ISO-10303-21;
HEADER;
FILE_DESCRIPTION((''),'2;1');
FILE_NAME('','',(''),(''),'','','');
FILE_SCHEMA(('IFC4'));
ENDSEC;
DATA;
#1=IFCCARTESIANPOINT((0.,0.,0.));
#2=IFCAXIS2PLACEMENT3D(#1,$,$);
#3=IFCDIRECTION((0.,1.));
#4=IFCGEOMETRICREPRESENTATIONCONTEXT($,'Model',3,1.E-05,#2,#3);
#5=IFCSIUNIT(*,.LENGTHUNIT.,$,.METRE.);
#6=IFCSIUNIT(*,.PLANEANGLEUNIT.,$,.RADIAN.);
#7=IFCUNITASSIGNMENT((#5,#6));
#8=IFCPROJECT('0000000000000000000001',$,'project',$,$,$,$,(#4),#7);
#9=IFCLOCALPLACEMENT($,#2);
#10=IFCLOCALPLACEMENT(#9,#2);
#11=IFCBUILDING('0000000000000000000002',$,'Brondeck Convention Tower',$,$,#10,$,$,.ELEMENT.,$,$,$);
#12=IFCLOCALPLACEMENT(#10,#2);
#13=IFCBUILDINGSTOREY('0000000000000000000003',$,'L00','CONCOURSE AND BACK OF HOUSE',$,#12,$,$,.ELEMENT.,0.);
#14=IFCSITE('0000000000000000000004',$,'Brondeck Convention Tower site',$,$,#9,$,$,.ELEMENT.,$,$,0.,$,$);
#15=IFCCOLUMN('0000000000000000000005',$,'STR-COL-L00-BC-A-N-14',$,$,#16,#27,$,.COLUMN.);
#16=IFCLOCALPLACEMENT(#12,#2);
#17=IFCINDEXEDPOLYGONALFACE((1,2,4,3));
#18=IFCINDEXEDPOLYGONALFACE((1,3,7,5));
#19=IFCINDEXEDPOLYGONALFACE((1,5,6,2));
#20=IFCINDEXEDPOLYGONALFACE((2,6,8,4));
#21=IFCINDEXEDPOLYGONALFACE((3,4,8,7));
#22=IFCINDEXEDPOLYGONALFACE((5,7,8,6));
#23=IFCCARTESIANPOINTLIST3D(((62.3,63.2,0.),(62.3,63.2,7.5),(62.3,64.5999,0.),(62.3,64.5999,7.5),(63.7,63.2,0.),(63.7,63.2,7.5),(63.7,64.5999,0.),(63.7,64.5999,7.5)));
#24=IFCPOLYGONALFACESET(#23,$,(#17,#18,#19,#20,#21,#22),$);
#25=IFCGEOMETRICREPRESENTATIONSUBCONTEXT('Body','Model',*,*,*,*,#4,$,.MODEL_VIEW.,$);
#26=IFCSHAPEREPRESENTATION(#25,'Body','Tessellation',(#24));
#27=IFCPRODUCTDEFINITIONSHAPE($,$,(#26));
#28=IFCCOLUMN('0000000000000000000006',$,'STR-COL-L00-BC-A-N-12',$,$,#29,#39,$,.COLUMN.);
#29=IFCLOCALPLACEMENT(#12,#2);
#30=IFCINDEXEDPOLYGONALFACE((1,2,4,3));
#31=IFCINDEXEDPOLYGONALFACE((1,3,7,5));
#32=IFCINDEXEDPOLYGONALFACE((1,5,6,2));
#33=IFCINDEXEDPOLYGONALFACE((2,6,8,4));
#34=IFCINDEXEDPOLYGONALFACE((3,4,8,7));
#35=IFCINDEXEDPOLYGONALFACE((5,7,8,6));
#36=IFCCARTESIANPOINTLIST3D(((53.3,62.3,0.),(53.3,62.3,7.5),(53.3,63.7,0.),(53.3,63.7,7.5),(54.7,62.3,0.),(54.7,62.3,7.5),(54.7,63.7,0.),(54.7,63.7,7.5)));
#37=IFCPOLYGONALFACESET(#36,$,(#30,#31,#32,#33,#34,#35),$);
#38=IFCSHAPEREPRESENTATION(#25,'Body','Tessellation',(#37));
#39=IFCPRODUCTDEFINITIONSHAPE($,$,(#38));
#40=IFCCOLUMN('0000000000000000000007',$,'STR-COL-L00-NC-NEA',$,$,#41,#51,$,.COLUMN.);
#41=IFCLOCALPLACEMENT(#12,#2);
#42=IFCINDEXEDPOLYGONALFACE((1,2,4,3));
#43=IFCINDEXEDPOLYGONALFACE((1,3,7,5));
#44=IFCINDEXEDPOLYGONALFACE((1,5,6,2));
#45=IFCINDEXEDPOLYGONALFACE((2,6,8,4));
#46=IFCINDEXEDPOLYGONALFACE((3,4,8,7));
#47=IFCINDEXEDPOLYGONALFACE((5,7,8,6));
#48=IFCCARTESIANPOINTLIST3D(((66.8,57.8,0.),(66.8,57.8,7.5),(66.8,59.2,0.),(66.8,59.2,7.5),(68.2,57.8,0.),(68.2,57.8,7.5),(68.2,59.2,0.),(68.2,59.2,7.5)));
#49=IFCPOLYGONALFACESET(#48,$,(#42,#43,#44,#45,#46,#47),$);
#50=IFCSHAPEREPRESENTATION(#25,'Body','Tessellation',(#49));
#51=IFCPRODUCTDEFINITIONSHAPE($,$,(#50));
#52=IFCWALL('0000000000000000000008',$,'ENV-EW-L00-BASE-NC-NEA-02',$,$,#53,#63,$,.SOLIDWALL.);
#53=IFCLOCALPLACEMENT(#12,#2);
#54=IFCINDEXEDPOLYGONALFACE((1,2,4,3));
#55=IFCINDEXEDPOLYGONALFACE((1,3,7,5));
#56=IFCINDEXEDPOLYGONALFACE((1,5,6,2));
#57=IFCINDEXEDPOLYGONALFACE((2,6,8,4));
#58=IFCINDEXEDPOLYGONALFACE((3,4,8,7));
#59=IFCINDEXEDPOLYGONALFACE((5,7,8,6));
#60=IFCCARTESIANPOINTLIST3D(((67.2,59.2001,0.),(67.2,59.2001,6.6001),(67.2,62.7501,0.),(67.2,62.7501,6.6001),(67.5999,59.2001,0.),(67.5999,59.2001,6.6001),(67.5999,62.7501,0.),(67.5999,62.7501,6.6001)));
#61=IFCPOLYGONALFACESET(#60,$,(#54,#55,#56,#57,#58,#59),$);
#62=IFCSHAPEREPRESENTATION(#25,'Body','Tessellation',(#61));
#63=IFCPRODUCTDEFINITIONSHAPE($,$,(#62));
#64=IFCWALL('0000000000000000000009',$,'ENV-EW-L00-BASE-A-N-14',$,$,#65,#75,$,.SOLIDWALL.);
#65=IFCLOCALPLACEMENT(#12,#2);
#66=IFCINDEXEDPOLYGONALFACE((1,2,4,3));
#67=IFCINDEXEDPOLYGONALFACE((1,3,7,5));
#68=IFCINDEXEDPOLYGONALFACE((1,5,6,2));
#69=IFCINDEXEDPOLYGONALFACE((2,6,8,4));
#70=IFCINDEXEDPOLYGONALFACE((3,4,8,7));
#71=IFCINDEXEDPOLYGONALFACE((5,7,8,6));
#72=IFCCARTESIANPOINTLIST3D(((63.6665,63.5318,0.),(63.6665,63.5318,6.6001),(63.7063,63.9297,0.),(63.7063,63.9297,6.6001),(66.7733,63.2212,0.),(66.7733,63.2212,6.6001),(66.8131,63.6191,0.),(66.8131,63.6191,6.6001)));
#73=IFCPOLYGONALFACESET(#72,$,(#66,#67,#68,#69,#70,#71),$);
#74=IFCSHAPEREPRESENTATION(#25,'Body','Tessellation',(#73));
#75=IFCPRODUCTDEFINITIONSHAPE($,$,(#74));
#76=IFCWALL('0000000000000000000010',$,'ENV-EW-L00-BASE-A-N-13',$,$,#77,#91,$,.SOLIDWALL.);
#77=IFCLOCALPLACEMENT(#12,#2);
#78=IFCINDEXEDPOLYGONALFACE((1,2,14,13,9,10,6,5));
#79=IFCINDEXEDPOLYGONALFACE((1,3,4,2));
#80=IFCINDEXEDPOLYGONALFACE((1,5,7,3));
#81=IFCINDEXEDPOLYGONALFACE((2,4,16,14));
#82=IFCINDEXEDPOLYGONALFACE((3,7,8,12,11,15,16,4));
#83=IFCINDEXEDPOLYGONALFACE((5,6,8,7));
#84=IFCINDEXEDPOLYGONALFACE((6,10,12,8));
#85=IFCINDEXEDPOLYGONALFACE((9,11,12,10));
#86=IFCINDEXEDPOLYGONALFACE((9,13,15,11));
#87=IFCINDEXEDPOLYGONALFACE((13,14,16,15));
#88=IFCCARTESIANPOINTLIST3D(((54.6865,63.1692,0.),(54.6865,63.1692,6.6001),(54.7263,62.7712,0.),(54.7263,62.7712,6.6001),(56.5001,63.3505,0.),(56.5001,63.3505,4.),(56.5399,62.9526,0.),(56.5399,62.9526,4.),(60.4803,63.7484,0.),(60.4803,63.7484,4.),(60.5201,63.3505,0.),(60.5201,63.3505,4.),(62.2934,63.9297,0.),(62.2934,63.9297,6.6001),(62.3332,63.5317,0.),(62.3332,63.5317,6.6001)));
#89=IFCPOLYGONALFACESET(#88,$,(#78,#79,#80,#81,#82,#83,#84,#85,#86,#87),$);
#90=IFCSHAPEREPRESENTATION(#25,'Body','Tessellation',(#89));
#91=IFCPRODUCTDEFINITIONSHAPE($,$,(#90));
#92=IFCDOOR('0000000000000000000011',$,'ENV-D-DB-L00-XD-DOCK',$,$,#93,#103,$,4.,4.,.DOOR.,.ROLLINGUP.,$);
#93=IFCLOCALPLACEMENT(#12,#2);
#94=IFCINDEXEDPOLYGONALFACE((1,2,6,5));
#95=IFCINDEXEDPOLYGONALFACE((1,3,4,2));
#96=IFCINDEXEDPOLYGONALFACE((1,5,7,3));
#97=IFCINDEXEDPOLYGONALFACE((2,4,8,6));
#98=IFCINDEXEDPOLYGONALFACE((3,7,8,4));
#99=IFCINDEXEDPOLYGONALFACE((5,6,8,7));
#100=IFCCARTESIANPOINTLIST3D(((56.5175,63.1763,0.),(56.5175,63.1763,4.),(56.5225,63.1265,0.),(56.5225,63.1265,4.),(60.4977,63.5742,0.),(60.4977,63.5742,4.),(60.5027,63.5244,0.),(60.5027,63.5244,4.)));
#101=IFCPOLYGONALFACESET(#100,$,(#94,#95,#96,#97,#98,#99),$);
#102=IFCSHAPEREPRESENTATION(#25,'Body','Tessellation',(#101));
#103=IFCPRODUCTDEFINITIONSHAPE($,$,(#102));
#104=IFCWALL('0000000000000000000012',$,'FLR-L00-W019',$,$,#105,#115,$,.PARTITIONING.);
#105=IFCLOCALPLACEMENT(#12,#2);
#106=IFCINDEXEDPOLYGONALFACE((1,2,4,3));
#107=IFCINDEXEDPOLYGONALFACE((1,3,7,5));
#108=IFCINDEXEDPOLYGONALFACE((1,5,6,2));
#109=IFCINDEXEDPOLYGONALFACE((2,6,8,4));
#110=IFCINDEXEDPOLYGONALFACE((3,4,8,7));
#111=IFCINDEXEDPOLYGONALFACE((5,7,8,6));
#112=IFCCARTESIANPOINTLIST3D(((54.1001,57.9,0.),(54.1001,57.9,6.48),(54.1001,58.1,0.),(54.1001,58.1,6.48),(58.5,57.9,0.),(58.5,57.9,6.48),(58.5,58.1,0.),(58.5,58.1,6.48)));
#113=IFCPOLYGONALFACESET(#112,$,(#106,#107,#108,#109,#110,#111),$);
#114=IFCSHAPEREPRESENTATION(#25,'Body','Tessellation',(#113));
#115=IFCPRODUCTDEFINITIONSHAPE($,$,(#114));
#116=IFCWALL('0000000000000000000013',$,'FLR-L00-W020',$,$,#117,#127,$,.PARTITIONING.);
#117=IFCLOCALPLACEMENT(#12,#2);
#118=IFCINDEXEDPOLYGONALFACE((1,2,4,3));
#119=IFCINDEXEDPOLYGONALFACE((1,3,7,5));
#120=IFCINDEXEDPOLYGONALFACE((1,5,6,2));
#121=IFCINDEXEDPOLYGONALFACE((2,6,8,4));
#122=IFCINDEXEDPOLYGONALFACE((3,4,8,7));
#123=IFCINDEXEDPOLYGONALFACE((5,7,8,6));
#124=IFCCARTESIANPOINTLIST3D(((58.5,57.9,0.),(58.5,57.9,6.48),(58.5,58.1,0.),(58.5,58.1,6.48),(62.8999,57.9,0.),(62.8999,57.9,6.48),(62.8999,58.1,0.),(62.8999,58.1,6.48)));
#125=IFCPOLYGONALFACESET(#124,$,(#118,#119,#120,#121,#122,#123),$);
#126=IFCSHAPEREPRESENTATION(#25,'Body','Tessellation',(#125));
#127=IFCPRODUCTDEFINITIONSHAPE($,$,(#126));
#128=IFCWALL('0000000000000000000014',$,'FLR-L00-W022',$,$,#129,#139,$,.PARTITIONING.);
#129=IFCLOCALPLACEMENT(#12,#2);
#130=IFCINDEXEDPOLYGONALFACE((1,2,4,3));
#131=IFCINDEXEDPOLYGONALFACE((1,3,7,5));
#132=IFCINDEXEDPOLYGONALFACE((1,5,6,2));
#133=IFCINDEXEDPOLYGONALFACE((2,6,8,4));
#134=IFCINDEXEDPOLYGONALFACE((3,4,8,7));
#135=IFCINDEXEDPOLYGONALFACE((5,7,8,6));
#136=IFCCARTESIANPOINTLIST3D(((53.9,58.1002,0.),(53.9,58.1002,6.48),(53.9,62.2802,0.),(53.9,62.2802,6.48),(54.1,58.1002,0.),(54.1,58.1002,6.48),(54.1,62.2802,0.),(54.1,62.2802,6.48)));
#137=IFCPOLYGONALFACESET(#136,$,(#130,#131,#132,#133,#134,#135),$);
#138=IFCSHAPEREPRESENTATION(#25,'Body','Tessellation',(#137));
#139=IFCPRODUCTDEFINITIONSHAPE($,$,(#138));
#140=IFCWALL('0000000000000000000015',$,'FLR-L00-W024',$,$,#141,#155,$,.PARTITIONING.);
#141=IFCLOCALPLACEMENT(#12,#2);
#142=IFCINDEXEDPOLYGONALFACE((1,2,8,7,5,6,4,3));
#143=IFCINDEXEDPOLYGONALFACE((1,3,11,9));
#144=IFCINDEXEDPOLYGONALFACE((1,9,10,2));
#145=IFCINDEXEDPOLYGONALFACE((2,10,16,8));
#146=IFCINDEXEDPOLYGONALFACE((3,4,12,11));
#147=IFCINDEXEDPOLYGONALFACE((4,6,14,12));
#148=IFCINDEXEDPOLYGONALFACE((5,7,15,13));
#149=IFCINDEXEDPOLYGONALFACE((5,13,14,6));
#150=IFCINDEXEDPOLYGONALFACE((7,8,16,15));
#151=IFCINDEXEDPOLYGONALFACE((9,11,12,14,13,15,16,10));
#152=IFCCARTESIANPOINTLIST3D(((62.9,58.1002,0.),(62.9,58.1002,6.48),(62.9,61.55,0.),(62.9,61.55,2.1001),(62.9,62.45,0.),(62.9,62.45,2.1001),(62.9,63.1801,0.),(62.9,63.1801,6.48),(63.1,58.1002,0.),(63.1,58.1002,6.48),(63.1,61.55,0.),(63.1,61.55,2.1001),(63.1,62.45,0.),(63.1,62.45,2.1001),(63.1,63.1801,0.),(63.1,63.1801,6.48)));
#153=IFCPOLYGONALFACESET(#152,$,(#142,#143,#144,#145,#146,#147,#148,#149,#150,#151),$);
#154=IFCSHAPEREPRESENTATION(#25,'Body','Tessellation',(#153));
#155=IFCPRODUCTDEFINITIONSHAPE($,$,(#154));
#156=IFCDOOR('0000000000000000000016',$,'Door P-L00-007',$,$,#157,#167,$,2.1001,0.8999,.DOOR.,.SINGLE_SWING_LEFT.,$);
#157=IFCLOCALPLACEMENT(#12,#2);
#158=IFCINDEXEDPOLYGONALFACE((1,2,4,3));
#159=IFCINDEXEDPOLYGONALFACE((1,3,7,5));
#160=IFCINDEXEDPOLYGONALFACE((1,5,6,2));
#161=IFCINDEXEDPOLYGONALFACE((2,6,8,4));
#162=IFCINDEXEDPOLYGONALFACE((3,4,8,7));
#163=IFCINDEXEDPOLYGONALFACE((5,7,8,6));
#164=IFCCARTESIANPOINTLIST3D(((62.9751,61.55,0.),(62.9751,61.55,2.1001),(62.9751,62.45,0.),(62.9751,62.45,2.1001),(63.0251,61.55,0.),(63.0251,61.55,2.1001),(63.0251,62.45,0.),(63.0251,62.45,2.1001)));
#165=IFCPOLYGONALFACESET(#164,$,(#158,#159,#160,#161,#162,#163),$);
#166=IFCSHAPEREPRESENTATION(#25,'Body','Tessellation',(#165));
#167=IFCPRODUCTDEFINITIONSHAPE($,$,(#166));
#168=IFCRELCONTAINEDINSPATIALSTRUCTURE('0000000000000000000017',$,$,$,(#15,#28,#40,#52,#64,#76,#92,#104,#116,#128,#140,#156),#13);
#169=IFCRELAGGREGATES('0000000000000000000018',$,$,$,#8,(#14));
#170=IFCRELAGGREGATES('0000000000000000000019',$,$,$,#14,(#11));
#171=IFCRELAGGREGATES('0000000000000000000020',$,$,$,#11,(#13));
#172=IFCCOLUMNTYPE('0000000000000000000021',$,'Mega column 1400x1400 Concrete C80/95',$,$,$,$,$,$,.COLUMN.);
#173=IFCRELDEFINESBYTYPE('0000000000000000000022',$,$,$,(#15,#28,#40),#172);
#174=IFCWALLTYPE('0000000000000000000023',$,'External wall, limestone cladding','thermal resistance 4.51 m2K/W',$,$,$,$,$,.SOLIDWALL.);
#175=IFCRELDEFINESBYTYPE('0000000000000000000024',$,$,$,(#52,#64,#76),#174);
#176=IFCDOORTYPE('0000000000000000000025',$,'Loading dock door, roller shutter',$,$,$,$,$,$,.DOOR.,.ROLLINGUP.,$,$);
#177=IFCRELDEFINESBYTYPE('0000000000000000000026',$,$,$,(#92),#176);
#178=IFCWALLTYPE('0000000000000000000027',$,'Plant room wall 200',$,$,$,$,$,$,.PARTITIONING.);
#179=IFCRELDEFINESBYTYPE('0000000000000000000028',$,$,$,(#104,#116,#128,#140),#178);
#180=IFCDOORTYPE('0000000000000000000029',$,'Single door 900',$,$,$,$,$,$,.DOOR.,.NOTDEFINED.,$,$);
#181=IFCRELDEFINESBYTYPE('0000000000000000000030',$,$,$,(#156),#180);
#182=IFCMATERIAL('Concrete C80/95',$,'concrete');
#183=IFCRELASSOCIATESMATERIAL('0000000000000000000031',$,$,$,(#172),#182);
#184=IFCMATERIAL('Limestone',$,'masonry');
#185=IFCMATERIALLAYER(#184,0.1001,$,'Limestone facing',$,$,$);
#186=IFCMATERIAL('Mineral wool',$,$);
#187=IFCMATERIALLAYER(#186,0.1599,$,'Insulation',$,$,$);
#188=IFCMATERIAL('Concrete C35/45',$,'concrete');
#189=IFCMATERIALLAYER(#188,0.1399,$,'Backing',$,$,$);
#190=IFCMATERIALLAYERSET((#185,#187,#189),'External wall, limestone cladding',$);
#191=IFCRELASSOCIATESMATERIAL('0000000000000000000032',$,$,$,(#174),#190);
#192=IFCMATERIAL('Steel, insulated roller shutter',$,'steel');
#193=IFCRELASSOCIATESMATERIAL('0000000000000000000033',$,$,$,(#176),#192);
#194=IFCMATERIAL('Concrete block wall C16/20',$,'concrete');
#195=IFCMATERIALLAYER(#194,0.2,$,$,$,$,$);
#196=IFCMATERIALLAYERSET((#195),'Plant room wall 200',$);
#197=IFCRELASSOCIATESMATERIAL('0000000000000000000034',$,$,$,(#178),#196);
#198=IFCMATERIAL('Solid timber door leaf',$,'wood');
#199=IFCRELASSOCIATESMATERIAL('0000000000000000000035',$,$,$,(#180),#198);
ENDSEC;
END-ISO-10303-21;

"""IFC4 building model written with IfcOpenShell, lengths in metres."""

from ifc_helpers import new_model, si_unit, direction, frame, frame_2d, origin, origin_2d, place, context, subcontext, project, spatial, rectangle, extrude, material, layer, layer_set, material_profile, profile_set, type_object, element, fill, save


model = new_model("IFC4")

# Units and contexts
model_context = context("Model", 3, precision=1e-05, world=origin(), true_north=direction((0.0, 1.0)))
body_context = subcontext(model_context, "Body", "Model", "MODEL_VIEW")
ifc_project = project(units=[si_unit("LENGTHUNIT", "METRE"), si_unit("PLANEANGLEUNIT", "RADIAN")], contexts=[model_context])

# Site, building, storey
site_placement = place(None, origin())
site = spatial("IfcSite", under=ifc_project, at=site_placement, Name="Brondeck Convention Tower site", CompositionType="ELEMENT", RefElevation=0.0)
building_placement = place(site_placement, origin())
building = spatial("IfcBuilding", under=site, at=building_placement, Name="Brondeck Convention Tower", CompositionType="ELEMENT")
storey_placement = place(building_placement, origin())
storey = spatial("IfcBuildingStorey", under=building, at=storey_placement, Name="L00", Description="CONCOURSE AND BACK OF HOUSE", CompositionType="ELEMENT", Elevation=0.0)

# Columns
ifc_material_1 = material(Name="Concrete C80/95", Category="concrete")
ifc_material_profile = material_profile(ifc_material_1, rectangle(XDim=1.3999, YDim=1.3999, at=origin_2d()), Name="Mega column 1400x1400 Concrete C80/95")
ifc_profile_set = profile_set([ifc_material_profile], Name="Concrete C80/95")
column_type = type_object("IfcColumnType", Name="Mega column 1400x1400 Concrete C80/95", PredefinedType="COLUMN", material=ifc_profile_set)
for number, where, z_axis, x_axis, name in (
    (1, (63.0, 63.8999, 0.0), (0.0, 0.0, 1.0), (1.0, 0.0, 0.0), "STR-COL-L00-BC-A-N-14"),
    (2, (54.0, 63.0, 0.0), (0.0, 0.0, 1.0), (1.0, 0.0, 0.0), "STR-COL-L00-BC-A-N-12"),
    (3, (67.5, 58.5, 0.0), (0.0, 0.0, 1.0), (1.0, 0.0, 0.0), "STR-COL-L00-NC-NEA"),
):
    element("IfcColumn", number, at=place(storey_placement, frame(where, z_axis=z_axis, x_axis=x_axis)), inside=storey, type_object=column_type, Name=name, PredefinedType="COLUMN", context=body_context, shape_type="SweptSolid", body=[
        extrude(rectangle(XDim=1.3999, YDim=1.3999, at=origin_2d()), origin(), (0.0, 0.0, 1.0), 7.5),
    ])

# Walls
ifc_material_2 = material(Name="Limestone", Category="masonry")
ifc_layer_1 = layer(ifc_material_2, 0.1001, Name="Limestone facing")
ifc_material_3 = material(Name="Mineral wool")
ifc_layer_2 = layer(ifc_material_3, 0.1599, Name="Insulation")
ifc_material_4 = material(Name="Concrete C35/45", Category="concrete")
ifc_layer_3 = layer(ifc_material_4, 0.1399, Name="Backing")
ifc_layer_set_1 = layer_set([ifc_layer_1, ifc_layer_2, ifc_layer_3], Name="External wall, limestone cladding")
wall_type_1 = type_object("IfcWallType", Name="External wall, limestone cladding", Description="thermal resistance 4.51 m2K/W", PredefinedType="SOLIDWALL", material=ifc_layer_set_1)
wall_1_placement = place(storey_placement, frame((67.3999, 62.75, 0.0), z_axis=(0.0, 0.0, 1.0), x_axis=(0.0, -1.0, 0.0)))
element("IfcWall", 4, at=wall_1_placement, inside=storey, type_object=wall_type_1, Name="ENV-EW-L00-BASE-NC-NEA-02", PredefinedType="SOLIDWALL", context=body_context, shape_type="SweptSolid", body=[
    extrude(rectangle(XDim=3.55, YDim=0.3999, at=frame_2d((1.7749, 0.0))), origin(), (0.0, 0.0, 1.0), 6.6001),
])
wall_2_placement = place(storey_placement, frame((63.6865, 63.7307, 0.0), z_axis=(0.0, 0.0, 1.0), x_axis=(0.995042, -0.099457, 0.0)))
element("IfcWall", 5, at=wall_2_placement, inside=storey, type_object=wall_type_1, Name="ENV-EW-L00-BASE-A-N-14", PredefinedType="SOLIDWALL", context=body_context, shape_type="SweptSolid", body=[
    extrude(rectangle(XDim=3.1223, YDim=0.3999, at=frame_2d((1.561, 0.0))), origin(), (0.0, 0.0, 1.0), 6.6001),
])

# Wall, opening, door
wall_3_placement = place(storey_placement, frame((54.7065, 62.9702, 0.0), z_axis=(0.0, 0.0, 1.0), x_axis=(0.99504, 0.099478, 0.0)))
wall_3 = element("IfcWall", 6, at=wall_3_placement, inside=storey, type_object=wall_type_1, Name="ENV-EW-L00-BASE-A-N-13", PredefinedType="SOLIDWALL", context=body_context, shape_type="SweptSolid", body=[
    extrude(rectangle(XDim=7.6448, YDim=0.3999, at=frame_2d((3.8223, 0.0))), origin(), (0.0, 0.0, 1.0), 6.6001),
])
opening_1_placement = place(wall_3_placement, frame((1.8225, 0.0, 0.0)))
opening_1 = element("IfcOpeningElement", 7, at=opening_1_placement, cuts=wall_3, PredefinedType="OPENING", context=body_context, shape_type="SweptSolid", body=[
    extrude(rectangle(XDim=4.0, YDim=4.0, at=frame_2d((2.0, 2.0))), frame((0.0, 0.21, 0.0), z_axis=(0.0, -1.0, 0.0), x_axis=(1.0, 0.0, 0.0)), (0.0, 0.0, 1.0), 0.4199),
])
ifc_material_5 = material(Name="Steel, insulated roller shutter", Category="steel")
door_type_1 = type_object("IfcDoorType", Name="Loading dock door, roller shutter", OperationType="ROLLINGUP", PredefinedType="DOOR", material=ifc_material_5)
door_1_placement = place(opening_1_placement, origin())
door_1 = element("IfcDoor", 8, at=door_1_placement, inside=storey, type_object=door_type_1, Name="ENV-D-DB-L00-XD-DOCK", OperationType="ROLLINGUP", OverallHeight=4.0, OverallWidth=4.0, PredefinedType="DOOR", context=body_context, shape_type="SweptSolid", body=[
    extrude(rectangle(XDim=4.0, YDim=4.0, at=frame_2d((2.0, 2.0))), frame((0.0, 0.0249, 0.0), z_axis=(0.0, -1.0, 0.0), x_axis=(1.0, 0.0, 0.0)), (0.0, 0.0, 1.0), 0.05),
])
fill(opening_1, door_1)

# Walls
ifc_material_6 = material(Name="Concrete block wall C16/20", Category="concrete")
ifc_layer_4 = layer(ifc_material_6, 0.2)
ifc_layer_set_2 = layer_set([ifc_layer_4], Name="Plant room wall 200")
wall_type_2 = type_object("IfcWallType", Name="Plant room wall 200", PredefinedType="PARTITIONING", material=ifc_layer_set_2)
for number, where, z_axis, x_axis, name in (
    (9, (54.1001, 58.0, 0.0), (0.0, 0.0, 1.0), (1.0, 0.0, 0.0), "FLR-L00-W019"),
    (10, (58.5, 58.0, 0.0), (0.0, 0.0, 1.0), (1.0, 0.0, 0.0), "FLR-L00-W020"),
):
    element("IfcWall", number, at=place(storey_placement, frame(where, z_axis=z_axis, x_axis=x_axis)), inside=storey, type_object=wall_type_2, Name=name, PredefinedType="PARTITIONING", context=body_context, shape_type="SweptSolid", body=[
        extrude(rectangle(XDim=4.3999, YDim=0.2, at=frame_2d((2.2, 0.0))), origin(), (0.0, 0.0, 1.0), 6.48),
    ])
wall_4_placement = place(storey_placement, frame((54.0, 62.28, 0.0), z_axis=(0.0, 0.0, 1.0), x_axis=(0.0, -1.0, 0.0)))
element("IfcWall", 11, at=wall_4_placement, inside=storey, type_object=wall_type_2, Name="FLR-L00-W022", PredefinedType="PARTITIONING", context=body_context, shape_type="SweptSolid", body=[
    extrude(rectangle(XDim=4.1799, YDim=0.2, at=frame_2d((2.0898, 0.0))), origin(), (0.0, 0.0, 1.0), 6.48),
])

# Wall, opening, door
wall_5_placement = place(storey_placement, frame((63.0, 58.1001, 0.0), z_axis=(0.0, 0.0, 1.0), x_axis=(0.0, 1.0, 0.0)))
wall_5 = element("IfcWall", 12, at=wall_5_placement, inside=storey, type_object=wall_type_2, Name="FLR-L00-W024", PredefinedType="PARTITIONING", context=body_context, shape_type="SweptSolid", body=[
    extrude(rectangle(XDim=5.0798, YDim=0.2, at=frame_2d((2.54, 0.0))), origin(), (0.0, 0.0, 1.0), 6.48),
])
opening_2_placement = place(wall_5_placement, frame((3.45, 0.0, 0.0)))
opening_2 = element("IfcOpeningElement", 13, at=opening_2_placement, cuts=wall_5, PredefinedType="OPENING", context=body_context, shape_type="SweptSolid", body=[
    extrude(rectangle(XDim=0.8999, YDim=2.1001, at=frame_2d((0.45, 1.05))), frame((0.0, 0.1099, 0.0), z_axis=(0.0, -1.0, 0.0), x_axis=(1.0, 0.0, 0.0)), (0.0, 0.0, 1.0), 0.22),
])
ifc_material_7 = material(Name="Solid timber door leaf", Category="wood")
door_type_2 = type_object("IfcDoorType", Name="Single door 900", OperationType="NOTDEFINED", PredefinedType="DOOR", material=ifc_material_7)
door_2_placement = place(opening_2_placement, origin())
door_2 = element("IfcDoor", 14, at=door_2_placement, inside=storey, type_object=door_type_2, Name="Door P-L00-007", OperationType="SINGLE_SWING_LEFT", OverallHeight=2.1001, OverallWidth=0.8999, PredefinedType="DOOR", context=body_context, shape_type="SweptSolid", body=[
    extrude(rectangle(XDim=0.8999, YDim=2.1001, at=frame_2d((0.45, 1.05))), frame((0.0, 0.0249, 0.0), z_axis=(0.0, -1.0, 0.0), x_axis=(1.0, 0.0, 0.0)), (0.0, 0.0, 1.0), 0.05),
])
fill(opening_2, door_2)

save(model, "model.ifc")
